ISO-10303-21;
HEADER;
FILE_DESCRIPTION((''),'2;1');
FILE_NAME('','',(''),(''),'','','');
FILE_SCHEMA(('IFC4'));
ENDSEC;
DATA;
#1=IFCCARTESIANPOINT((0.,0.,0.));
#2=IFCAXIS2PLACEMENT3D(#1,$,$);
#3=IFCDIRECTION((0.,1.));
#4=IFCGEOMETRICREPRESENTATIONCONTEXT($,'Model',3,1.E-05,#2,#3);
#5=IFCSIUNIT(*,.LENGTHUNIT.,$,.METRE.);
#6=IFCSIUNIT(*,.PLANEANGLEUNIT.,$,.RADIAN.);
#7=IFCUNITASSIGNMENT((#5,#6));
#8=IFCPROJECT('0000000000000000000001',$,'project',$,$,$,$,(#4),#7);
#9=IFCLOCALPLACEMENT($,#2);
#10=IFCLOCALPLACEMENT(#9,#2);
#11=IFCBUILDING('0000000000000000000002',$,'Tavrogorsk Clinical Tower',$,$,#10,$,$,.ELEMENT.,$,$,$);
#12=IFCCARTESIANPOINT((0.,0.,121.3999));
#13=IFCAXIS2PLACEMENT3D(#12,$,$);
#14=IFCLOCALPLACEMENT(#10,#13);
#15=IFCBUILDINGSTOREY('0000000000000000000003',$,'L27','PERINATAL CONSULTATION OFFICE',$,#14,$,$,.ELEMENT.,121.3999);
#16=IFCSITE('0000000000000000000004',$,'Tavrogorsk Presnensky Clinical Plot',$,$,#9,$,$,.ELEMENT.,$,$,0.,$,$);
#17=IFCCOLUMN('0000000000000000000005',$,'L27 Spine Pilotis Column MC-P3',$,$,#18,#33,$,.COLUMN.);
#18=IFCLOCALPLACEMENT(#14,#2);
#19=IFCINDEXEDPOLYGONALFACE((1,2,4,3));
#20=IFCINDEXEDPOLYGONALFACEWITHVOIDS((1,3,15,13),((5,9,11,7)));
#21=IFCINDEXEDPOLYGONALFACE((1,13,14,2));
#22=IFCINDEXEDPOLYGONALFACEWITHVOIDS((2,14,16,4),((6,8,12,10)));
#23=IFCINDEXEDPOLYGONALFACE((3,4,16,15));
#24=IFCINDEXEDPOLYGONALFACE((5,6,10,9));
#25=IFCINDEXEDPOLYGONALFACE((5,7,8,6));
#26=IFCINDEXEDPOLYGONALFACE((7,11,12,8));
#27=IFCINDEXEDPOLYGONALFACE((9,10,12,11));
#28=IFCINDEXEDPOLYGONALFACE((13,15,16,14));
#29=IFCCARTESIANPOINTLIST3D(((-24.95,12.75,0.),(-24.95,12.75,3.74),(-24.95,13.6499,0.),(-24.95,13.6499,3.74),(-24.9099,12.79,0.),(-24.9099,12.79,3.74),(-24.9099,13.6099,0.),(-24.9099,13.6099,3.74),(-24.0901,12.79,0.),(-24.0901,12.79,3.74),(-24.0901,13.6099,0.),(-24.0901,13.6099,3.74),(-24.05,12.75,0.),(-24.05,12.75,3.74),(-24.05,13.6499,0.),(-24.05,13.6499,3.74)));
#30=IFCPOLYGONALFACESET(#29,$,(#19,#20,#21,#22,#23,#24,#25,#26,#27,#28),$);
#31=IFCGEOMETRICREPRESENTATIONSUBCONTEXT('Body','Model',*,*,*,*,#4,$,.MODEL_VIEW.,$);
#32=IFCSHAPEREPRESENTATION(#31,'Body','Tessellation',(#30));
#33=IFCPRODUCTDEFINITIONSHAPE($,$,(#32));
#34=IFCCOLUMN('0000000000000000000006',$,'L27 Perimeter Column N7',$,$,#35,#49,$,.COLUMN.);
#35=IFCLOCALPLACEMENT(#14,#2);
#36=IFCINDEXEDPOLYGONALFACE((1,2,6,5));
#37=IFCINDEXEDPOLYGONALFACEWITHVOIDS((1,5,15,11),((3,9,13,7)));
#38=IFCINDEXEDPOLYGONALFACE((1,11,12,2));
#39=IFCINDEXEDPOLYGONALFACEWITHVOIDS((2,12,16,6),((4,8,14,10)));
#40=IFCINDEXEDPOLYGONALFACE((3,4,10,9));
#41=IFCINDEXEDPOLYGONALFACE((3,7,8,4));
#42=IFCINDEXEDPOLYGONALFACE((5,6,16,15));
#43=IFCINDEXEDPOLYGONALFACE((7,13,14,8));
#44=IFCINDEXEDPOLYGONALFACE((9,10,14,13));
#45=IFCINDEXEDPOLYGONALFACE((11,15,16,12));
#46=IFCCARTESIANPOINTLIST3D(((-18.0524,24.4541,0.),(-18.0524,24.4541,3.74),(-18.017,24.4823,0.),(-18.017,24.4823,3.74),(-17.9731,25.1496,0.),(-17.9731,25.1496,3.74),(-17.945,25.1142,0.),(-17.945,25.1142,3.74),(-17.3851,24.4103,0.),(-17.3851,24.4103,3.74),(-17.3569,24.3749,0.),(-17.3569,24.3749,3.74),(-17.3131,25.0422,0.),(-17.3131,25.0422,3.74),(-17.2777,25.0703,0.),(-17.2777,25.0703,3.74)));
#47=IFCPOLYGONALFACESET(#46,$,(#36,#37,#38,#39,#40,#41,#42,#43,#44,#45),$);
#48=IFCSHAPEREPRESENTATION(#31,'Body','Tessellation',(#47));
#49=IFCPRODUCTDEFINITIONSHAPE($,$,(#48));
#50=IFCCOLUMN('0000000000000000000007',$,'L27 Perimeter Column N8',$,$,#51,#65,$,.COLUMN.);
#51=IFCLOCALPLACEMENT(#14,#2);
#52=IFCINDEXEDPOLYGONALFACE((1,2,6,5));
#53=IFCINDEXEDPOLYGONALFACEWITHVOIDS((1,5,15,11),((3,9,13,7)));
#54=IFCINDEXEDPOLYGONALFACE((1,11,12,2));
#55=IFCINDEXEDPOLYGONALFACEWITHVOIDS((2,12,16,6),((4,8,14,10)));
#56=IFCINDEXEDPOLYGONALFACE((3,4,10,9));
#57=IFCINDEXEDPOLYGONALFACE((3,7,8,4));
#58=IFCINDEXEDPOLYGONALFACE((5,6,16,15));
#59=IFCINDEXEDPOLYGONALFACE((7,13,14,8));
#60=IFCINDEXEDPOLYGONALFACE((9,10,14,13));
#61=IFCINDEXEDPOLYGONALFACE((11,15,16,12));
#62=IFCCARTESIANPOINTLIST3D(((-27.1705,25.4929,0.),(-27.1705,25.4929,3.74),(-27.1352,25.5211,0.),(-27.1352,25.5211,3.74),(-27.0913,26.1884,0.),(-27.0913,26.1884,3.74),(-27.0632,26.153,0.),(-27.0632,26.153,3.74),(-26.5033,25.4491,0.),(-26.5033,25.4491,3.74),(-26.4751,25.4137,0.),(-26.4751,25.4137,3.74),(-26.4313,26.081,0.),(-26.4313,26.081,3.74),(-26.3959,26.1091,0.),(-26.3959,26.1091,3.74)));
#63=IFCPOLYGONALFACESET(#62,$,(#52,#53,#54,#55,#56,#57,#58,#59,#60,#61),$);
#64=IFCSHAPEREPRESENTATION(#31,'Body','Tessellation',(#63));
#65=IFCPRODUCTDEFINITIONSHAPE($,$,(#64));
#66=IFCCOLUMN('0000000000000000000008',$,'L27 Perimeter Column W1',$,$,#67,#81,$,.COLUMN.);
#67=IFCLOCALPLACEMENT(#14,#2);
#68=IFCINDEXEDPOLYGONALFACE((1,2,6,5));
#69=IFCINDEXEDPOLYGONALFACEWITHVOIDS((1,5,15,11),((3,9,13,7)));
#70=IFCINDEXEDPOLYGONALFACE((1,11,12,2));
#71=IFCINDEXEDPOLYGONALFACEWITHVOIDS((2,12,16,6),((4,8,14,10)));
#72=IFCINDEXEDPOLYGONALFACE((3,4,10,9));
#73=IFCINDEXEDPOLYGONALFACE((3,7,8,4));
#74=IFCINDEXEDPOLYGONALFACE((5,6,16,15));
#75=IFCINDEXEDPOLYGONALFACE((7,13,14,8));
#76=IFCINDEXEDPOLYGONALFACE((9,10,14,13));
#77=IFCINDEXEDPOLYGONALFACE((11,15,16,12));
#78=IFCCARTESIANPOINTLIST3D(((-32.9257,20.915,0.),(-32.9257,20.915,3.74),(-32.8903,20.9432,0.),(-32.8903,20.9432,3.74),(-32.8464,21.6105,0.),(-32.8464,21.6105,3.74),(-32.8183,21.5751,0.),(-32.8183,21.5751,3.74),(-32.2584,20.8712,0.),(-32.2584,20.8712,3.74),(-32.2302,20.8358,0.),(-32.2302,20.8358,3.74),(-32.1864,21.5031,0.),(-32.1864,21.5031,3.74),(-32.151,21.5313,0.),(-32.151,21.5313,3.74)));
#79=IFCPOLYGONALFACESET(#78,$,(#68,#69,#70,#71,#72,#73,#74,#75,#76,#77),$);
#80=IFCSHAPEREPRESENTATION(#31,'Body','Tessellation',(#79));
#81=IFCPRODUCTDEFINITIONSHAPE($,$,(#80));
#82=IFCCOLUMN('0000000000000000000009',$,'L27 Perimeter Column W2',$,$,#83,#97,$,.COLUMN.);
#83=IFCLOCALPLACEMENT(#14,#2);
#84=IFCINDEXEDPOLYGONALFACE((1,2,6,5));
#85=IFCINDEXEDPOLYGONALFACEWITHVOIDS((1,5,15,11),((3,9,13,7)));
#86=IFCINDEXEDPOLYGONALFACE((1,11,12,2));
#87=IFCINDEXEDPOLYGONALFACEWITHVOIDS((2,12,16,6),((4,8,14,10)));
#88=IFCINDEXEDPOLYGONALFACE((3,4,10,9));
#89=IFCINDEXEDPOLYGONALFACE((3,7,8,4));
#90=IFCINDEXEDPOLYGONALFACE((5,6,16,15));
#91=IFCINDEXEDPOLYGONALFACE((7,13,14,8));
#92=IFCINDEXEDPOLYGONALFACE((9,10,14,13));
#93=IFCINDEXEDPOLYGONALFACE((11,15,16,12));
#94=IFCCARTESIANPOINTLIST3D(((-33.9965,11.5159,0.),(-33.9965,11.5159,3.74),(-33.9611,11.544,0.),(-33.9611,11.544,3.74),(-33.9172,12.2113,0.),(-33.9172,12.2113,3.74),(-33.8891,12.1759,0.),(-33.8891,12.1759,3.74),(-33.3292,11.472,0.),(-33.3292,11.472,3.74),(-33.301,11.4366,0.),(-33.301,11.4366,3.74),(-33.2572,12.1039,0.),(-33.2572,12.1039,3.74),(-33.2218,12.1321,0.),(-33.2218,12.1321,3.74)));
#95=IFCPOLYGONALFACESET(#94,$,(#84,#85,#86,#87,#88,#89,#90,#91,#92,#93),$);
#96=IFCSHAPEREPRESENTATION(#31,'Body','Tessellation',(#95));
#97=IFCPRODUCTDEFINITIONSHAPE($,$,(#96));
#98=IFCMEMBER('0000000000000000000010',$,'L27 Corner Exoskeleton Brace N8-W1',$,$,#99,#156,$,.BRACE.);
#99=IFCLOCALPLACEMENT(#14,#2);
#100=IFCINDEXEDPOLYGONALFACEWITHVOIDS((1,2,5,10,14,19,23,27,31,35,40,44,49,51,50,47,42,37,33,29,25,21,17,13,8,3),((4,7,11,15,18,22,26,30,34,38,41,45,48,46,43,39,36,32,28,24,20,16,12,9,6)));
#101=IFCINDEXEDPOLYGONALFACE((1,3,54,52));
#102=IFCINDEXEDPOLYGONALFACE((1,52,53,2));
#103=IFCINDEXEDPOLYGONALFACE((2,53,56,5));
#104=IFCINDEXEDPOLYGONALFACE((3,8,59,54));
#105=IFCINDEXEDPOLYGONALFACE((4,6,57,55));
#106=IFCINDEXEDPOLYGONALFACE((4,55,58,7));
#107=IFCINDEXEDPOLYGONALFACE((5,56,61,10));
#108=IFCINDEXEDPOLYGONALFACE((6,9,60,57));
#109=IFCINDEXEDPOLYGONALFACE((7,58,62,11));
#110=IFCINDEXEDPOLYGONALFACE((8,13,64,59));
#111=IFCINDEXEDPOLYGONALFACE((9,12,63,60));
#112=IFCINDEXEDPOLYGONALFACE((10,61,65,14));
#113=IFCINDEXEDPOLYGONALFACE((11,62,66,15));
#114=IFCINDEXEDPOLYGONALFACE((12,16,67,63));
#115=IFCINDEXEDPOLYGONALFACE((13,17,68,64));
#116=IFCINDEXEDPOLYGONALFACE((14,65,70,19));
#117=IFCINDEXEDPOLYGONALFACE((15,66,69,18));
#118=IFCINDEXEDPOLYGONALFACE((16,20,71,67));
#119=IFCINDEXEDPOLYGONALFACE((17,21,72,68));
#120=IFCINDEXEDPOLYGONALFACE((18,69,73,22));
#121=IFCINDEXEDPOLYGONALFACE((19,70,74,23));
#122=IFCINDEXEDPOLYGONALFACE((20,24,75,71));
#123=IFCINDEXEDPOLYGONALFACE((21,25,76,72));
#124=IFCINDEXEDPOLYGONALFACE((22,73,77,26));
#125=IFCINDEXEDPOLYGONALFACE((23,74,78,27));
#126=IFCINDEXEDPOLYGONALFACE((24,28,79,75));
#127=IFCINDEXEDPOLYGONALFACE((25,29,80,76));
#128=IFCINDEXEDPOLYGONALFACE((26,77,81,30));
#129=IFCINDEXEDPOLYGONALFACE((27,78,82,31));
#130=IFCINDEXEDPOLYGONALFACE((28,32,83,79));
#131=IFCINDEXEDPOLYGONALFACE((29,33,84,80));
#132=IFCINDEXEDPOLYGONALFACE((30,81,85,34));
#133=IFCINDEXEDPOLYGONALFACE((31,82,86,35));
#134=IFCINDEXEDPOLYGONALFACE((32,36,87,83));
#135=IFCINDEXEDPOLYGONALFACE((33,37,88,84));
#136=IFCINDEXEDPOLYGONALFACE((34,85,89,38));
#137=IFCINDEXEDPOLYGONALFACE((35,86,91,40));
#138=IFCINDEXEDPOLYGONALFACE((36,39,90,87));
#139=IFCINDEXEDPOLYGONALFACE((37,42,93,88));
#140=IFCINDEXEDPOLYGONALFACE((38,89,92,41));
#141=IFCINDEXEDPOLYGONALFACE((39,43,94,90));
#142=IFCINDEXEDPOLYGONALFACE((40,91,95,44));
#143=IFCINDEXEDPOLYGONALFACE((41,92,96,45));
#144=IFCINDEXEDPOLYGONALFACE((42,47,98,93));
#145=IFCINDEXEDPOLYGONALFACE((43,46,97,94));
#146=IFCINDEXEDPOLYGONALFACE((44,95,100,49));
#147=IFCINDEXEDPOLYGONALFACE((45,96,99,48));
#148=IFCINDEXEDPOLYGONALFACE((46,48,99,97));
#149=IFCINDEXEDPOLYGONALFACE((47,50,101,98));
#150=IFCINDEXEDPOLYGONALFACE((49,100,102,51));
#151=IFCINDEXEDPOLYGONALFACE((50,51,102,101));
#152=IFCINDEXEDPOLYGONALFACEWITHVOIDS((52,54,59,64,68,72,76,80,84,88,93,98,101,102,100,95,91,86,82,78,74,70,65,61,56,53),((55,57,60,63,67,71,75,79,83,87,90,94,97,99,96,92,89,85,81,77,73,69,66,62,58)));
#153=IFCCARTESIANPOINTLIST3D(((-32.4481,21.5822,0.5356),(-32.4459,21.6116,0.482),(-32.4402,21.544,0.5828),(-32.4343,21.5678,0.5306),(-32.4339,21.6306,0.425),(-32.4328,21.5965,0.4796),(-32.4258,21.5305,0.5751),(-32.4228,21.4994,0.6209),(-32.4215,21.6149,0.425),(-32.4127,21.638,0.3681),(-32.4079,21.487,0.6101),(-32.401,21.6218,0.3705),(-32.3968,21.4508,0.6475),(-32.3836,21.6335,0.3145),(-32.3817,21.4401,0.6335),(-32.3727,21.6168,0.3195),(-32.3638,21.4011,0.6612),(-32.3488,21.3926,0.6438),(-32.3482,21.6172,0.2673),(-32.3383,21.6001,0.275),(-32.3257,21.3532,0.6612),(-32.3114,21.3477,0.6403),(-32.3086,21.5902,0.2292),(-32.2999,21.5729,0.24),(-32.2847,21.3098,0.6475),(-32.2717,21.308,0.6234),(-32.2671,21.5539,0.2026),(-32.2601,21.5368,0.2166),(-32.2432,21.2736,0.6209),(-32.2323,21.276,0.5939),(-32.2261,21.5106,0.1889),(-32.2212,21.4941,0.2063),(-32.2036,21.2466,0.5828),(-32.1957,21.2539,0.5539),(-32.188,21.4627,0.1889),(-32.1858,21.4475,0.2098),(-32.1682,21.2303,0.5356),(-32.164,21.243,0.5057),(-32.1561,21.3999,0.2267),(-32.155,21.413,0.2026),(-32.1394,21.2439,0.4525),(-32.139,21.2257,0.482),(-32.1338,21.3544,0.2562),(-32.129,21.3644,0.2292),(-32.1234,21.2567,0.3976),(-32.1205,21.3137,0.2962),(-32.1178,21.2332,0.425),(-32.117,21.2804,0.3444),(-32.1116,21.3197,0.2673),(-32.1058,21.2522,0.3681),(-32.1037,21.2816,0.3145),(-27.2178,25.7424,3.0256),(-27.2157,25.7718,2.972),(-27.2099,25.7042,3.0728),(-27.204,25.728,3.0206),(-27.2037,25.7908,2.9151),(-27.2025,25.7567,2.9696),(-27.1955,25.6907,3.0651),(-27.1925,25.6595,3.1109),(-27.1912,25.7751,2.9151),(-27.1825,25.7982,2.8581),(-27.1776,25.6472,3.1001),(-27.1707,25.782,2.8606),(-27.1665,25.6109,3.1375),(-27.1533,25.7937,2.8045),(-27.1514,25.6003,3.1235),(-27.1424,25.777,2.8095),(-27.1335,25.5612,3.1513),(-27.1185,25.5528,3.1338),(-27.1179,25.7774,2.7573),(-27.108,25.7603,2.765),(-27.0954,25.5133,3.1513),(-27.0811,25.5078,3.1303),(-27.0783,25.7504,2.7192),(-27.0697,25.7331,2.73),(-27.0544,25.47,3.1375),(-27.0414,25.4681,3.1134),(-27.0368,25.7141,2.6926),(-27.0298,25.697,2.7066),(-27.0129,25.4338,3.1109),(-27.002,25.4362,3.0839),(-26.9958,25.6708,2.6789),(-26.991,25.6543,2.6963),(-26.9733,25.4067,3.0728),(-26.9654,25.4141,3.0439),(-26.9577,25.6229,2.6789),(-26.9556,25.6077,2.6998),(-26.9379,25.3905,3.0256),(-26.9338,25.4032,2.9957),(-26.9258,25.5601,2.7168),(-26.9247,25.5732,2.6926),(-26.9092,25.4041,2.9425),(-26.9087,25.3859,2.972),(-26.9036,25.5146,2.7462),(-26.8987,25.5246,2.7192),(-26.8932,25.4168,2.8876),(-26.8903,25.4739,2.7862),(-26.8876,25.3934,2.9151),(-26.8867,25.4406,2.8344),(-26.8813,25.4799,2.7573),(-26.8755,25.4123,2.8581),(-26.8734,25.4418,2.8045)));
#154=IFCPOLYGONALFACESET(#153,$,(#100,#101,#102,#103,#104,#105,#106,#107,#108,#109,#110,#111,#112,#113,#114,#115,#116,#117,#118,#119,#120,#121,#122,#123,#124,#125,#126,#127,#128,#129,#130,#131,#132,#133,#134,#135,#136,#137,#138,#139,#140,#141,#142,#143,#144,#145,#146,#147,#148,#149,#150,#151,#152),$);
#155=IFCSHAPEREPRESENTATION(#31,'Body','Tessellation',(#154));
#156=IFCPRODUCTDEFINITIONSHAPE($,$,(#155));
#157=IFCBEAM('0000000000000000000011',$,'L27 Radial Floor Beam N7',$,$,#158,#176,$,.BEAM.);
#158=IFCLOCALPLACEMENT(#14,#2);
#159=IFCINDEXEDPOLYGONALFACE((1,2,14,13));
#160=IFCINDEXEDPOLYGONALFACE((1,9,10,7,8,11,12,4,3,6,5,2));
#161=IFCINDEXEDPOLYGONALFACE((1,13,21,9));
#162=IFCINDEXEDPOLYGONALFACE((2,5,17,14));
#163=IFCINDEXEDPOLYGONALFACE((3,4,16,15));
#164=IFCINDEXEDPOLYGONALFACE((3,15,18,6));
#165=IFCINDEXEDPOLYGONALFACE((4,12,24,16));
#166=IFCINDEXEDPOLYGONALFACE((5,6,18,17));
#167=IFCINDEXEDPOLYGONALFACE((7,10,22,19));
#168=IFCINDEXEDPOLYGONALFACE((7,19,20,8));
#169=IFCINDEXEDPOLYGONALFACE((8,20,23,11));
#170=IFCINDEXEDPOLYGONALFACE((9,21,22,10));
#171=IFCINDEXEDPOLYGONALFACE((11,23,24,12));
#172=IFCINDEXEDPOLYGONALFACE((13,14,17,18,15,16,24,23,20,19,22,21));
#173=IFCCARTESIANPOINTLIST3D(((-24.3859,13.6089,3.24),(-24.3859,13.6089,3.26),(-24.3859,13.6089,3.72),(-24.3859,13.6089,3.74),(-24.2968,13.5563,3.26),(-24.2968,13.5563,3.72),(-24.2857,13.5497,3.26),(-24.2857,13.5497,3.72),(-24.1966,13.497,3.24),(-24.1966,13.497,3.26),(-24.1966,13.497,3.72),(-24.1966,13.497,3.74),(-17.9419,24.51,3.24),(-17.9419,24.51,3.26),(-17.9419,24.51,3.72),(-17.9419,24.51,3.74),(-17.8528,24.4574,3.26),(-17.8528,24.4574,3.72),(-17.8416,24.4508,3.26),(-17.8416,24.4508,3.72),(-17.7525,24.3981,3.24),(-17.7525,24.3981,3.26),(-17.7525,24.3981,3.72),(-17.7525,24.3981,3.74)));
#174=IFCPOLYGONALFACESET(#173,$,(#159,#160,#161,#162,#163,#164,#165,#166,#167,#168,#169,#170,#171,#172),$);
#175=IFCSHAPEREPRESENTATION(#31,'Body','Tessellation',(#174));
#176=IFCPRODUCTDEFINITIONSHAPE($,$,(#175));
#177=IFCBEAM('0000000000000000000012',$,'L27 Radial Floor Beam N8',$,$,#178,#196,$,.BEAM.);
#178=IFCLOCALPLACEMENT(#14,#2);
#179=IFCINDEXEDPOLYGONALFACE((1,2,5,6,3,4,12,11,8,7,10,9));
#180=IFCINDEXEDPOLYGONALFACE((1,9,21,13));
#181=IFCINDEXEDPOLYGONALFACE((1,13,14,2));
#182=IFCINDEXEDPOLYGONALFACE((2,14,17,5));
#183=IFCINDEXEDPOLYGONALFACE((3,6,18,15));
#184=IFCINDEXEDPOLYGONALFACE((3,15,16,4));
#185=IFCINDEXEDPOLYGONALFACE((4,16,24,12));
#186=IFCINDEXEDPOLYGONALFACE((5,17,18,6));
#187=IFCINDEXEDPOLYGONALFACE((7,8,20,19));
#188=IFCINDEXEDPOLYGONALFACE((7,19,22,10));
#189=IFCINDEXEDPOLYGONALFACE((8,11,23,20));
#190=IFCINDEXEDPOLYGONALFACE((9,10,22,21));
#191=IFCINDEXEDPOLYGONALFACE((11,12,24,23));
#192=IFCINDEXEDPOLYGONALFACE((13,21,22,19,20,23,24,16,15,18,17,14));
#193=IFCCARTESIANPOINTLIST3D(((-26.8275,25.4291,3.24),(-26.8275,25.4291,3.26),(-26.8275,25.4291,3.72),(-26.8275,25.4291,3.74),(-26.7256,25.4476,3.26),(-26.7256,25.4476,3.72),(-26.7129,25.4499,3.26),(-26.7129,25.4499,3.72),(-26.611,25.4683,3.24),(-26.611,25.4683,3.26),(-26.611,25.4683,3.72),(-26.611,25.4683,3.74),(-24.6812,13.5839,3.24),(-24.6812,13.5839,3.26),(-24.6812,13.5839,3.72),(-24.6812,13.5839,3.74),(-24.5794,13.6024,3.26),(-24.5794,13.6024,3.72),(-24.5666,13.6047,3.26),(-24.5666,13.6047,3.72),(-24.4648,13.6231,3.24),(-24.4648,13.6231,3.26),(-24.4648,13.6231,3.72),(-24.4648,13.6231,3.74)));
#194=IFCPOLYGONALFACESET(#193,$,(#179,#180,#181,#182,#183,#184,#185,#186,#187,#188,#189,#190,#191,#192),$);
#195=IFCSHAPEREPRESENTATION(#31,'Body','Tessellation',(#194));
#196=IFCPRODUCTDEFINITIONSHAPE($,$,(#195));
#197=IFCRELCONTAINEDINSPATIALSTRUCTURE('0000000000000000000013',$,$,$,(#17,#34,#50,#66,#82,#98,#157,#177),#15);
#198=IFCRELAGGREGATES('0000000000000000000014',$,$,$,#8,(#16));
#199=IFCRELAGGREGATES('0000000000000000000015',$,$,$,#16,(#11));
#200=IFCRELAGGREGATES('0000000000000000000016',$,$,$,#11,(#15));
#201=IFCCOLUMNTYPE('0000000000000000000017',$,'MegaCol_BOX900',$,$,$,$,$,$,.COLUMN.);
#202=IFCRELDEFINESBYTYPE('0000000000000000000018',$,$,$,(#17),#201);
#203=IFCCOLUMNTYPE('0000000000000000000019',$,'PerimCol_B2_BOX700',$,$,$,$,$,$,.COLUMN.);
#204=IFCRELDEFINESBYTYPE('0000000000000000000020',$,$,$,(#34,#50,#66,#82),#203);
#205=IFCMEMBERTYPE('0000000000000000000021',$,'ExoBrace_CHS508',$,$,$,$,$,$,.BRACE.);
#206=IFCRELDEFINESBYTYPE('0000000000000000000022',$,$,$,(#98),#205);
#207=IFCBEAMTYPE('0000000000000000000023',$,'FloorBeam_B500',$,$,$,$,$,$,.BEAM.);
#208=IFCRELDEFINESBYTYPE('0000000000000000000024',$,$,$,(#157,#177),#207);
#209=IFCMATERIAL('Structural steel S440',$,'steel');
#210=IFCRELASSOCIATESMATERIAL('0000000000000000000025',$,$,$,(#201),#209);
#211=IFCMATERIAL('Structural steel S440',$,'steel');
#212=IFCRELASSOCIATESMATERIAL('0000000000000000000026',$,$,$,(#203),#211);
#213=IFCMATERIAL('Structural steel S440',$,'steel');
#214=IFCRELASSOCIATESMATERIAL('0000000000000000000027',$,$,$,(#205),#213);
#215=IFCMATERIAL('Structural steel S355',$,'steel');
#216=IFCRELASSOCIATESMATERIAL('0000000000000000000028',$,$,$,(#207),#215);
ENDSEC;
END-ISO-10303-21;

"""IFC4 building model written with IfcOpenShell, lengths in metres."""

from ifc_helpers import new_model, si_unit, direction, frame, origin, origin_2d, place, context, subcontext, project, spatial, hollow_rectangle, hollow_circle, i_section, extrude, material, material_profile, profile_set, type_object, element, save


model = new_model("IFC4")

# Units and contexts
model_context = context("Model", 3, precision=1e-05, world=origin(), true_north=direction((0.0, 1.0)))
body_context = subcontext(model_context, "Body", "Model", "MODEL_VIEW")
ifc_project = project(units=[si_unit("LENGTHUNIT", "METRE"), si_unit("PLANEANGLEUNIT", "RADIAN")], contexts=[model_context])

# Site, building, storey
site_placement = place(None, origin())
site = spatial("IfcSite", under=ifc_project, at=site_placement, Name="Tavrogorsk Presnensky Clinical Plot", CompositionType="ELEMENT", RefElevation=0.0)
building_placement = place(site_placement, origin())
building = spatial("IfcBuilding", under=site, at=building_placement, Name="Tavrogorsk Clinical Tower", CompositionType="ELEMENT")
storey_placement = place(building_placement, frame((0.0, 0.0, 121.3999)))
storey = spatial("IfcBuildingStorey", under=building, at=storey_placement, Name="L27", Description="PERINATAL CONSULTATION OFFICE", CompositionType="ELEMENT", Elevation=121.3999)

# Columns
ifc_material_1 = material(Name="Structural steel S440", Category="steel")
ifc_material_profile_1 = material_profile(ifc_material_1, hollow_rectangle(XDim=0.8999, YDim=0.8999, WallThickness=0.04, at=origin_2d()), Name="BOX-900x900x40")
ifc_profile_set_1 = profile_set([ifc_material_profile_1], Name="Structural steel S440")
column_type_1 = type_object("IfcColumnType", Name="MegaCol_BOX900", PredefinedType="COLUMN", material=ifc_profile_set_1)
column_placement = place(storey_placement, frame((-24.5, 13.2, 0.0), z_axis=(0.0, 0.0, 1.0), x_axis=(1.0, 0.0, 0.0)))
element("IfcColumn", 1, at=column_placement, inside=storey, type_object=column_type_1, Name="L27 Spine Pilotis Column MC-P3", PredefinedType="COLUMN", context=body_context, shape_type="SweptSolid", body=[
    extrude(hollow_rectangle(XDim=0.8999, YDim=0.8999, WallThickness=0.04, at=origin_2d()), origin(), (0.0, 0.0, 1.0), 3.74),
])
ifc_material_2 = material(Name="Structural steel S440", Category="steel")
ifc_material_profile_2 = material_profile(ifc_material_2, hollow_rectangle(XDim=0.7, YDim=0.7, WallThickness=0.032, at=origin_2d()), Name="BOX-700x700x32")
ifc_profile_set_2 = profile_set([ifc_material_profile_2], Name="Structural steel S440")
column_type_2 = type_object("IfcColumnType", Name="PerimCol_B2_BOX700", PredefinedType="COLUMN", material=ifc_profile_set_2)
for number, where, z_axis, x_axis, name in (
    (2, (-17.665, 24.7622, 0.0), (0.0, 0.0, 1.0), (0.993572, -0.113203, 0.0), "L27 Perimeter Column N7"),
    (3, (-26.7832, 25.801, 0.0), (0.0, 0.0, 1.0), (0.993572, -0.113203, 0.0), "L27 Perimeter Column N8"),
    (4, (-32.5383, 21.2231, 0.0), (0.0, 0.0, 1.0), (0.993572, -0.113203, 0.0), "L27 Perimeter Column W1"),
    (5, (-33.6091, 11.824, 0.0), (0.0, 0.0, 1.0), (0.993572, -0.113203, 0.0), "L27 Perimeter Column W2"),
):
    element("IfcColumn", number, at=place(storey_placement, frame(where, z_axis=z_axis, x_axis=x_axis)), inside=storey, type_object=column_type_2, Name=name, PredefinedType="COLUMN", context=body_context, shape_type="SweptSolid", body=[
        extrude(hollow_rectangle(XDim=0.7, YDim=0.7, WallThickness=0.032, at=origin_2d()), origin(), (0.0, 0.0, 1.0), 3.74),
    ])

# Member
ifc_material_3 = material(Name="Structural steel S440", Category="steel")
ifc_material_profile_3 = material_profile(ifc_material_3, hollow_circle(Radius=0.2539, WallThickness=0.02, at=origin_2d()), Name="CHS-508x20")
ifc_profile_set_3 = profile_set([ifc_material_profile_3], Name="Structural steel S440")
member_type_1 = type_object("IfcMemberType", Name="ExoBrace_CHS508", PredefinedType="BRACE", material=ifc_profile_set_3)
member_1_placement = place(storey_placement, frame((-32.2759, 21.4319, 0.425), z_axis=(0.733369, 0.583327, 0.34914), x_axis=(-0.622501, 0.782619, 0.0)))
element("IfcMember", 6, at=member_1_placement, inside=storey, type_object=member_type_1, Name="L27 Corner Exoskeleton Brace N8-W1", PredefinedType="BRACE", context=body_context, shape_type="SweptSolid", body=[
    extrude(hollow_circle(Radius=0.2539, WallThickness=0.02, at=origin_2d()), origin(), (0.0, 0.0, 1.0), 7.1318),
])

# Beams
ifc_material_4 = material(Name="Structural steel S355", Category="steel")
ifc_material_profile_4 = material_profile(ifc_material_4, i_section(OverallWidth=0.22, OverallDepth=0.5, WebThickness=0.0129, FlangeThickness=0.02, at=origin_2d()), Name="B-500x220x13x20")
ifc_profile_set_4 = profile_set([ifc_material_profile_4], Name="Structural steel S355")
beam_type_1 = type_object("IfcBeamType", Name="FloorBeam_B500", PredefinedType="BEAM", material=ifc_profile_set_4)
beam_1_placement = place(storey_placement, frame((-24.2913, 13.553, 3.49), z_axis=(0.508877, 0.860839, 0.0), x_axis=(-0.860839, 0.508877, 0.0)))
element("IfcBeam", 7, at=beam_1_placement, inside=storey, type_object=beam_type_1, Name="L27 Radial Floor Beam N7", PredefinedType="BEAM", context=body_context, shape_type="SweptSolid", body=[
    extrude(i_section(OverallWidth=0.22, OverallDepth=0.5, WebThickness=0.0129, FlangeThickness=0.02, at=origin_2d()), origin(), (0.0, 0.0, 1.0), 12.6633),
])
beam_2_placement = place(storey_placement, frame((-24.573, 13.6035, 3.49), z_axis=(-0.178288, 0.983978, 0.0), x_axis=(-0.983978, -0.178288, 0.0)))
element("IfcBeam", 8, at=beam_2_placement, inside=storey, type_object=beam_type_1, Name="L27 Radial Floor Beam N8", PredefinedType="BEAM", context=body_context, shape_type="SweptSolid", body=[
    extrude(i_section(OverallWidth=0.22, OverallDepth=0.5, WebThickness=0.0129, FlangeThickness=0.02, at=origin_2d()), origin(), (0.0, 0.0, 1.0), 12.0381),
])

save(model, "model.ifc")
